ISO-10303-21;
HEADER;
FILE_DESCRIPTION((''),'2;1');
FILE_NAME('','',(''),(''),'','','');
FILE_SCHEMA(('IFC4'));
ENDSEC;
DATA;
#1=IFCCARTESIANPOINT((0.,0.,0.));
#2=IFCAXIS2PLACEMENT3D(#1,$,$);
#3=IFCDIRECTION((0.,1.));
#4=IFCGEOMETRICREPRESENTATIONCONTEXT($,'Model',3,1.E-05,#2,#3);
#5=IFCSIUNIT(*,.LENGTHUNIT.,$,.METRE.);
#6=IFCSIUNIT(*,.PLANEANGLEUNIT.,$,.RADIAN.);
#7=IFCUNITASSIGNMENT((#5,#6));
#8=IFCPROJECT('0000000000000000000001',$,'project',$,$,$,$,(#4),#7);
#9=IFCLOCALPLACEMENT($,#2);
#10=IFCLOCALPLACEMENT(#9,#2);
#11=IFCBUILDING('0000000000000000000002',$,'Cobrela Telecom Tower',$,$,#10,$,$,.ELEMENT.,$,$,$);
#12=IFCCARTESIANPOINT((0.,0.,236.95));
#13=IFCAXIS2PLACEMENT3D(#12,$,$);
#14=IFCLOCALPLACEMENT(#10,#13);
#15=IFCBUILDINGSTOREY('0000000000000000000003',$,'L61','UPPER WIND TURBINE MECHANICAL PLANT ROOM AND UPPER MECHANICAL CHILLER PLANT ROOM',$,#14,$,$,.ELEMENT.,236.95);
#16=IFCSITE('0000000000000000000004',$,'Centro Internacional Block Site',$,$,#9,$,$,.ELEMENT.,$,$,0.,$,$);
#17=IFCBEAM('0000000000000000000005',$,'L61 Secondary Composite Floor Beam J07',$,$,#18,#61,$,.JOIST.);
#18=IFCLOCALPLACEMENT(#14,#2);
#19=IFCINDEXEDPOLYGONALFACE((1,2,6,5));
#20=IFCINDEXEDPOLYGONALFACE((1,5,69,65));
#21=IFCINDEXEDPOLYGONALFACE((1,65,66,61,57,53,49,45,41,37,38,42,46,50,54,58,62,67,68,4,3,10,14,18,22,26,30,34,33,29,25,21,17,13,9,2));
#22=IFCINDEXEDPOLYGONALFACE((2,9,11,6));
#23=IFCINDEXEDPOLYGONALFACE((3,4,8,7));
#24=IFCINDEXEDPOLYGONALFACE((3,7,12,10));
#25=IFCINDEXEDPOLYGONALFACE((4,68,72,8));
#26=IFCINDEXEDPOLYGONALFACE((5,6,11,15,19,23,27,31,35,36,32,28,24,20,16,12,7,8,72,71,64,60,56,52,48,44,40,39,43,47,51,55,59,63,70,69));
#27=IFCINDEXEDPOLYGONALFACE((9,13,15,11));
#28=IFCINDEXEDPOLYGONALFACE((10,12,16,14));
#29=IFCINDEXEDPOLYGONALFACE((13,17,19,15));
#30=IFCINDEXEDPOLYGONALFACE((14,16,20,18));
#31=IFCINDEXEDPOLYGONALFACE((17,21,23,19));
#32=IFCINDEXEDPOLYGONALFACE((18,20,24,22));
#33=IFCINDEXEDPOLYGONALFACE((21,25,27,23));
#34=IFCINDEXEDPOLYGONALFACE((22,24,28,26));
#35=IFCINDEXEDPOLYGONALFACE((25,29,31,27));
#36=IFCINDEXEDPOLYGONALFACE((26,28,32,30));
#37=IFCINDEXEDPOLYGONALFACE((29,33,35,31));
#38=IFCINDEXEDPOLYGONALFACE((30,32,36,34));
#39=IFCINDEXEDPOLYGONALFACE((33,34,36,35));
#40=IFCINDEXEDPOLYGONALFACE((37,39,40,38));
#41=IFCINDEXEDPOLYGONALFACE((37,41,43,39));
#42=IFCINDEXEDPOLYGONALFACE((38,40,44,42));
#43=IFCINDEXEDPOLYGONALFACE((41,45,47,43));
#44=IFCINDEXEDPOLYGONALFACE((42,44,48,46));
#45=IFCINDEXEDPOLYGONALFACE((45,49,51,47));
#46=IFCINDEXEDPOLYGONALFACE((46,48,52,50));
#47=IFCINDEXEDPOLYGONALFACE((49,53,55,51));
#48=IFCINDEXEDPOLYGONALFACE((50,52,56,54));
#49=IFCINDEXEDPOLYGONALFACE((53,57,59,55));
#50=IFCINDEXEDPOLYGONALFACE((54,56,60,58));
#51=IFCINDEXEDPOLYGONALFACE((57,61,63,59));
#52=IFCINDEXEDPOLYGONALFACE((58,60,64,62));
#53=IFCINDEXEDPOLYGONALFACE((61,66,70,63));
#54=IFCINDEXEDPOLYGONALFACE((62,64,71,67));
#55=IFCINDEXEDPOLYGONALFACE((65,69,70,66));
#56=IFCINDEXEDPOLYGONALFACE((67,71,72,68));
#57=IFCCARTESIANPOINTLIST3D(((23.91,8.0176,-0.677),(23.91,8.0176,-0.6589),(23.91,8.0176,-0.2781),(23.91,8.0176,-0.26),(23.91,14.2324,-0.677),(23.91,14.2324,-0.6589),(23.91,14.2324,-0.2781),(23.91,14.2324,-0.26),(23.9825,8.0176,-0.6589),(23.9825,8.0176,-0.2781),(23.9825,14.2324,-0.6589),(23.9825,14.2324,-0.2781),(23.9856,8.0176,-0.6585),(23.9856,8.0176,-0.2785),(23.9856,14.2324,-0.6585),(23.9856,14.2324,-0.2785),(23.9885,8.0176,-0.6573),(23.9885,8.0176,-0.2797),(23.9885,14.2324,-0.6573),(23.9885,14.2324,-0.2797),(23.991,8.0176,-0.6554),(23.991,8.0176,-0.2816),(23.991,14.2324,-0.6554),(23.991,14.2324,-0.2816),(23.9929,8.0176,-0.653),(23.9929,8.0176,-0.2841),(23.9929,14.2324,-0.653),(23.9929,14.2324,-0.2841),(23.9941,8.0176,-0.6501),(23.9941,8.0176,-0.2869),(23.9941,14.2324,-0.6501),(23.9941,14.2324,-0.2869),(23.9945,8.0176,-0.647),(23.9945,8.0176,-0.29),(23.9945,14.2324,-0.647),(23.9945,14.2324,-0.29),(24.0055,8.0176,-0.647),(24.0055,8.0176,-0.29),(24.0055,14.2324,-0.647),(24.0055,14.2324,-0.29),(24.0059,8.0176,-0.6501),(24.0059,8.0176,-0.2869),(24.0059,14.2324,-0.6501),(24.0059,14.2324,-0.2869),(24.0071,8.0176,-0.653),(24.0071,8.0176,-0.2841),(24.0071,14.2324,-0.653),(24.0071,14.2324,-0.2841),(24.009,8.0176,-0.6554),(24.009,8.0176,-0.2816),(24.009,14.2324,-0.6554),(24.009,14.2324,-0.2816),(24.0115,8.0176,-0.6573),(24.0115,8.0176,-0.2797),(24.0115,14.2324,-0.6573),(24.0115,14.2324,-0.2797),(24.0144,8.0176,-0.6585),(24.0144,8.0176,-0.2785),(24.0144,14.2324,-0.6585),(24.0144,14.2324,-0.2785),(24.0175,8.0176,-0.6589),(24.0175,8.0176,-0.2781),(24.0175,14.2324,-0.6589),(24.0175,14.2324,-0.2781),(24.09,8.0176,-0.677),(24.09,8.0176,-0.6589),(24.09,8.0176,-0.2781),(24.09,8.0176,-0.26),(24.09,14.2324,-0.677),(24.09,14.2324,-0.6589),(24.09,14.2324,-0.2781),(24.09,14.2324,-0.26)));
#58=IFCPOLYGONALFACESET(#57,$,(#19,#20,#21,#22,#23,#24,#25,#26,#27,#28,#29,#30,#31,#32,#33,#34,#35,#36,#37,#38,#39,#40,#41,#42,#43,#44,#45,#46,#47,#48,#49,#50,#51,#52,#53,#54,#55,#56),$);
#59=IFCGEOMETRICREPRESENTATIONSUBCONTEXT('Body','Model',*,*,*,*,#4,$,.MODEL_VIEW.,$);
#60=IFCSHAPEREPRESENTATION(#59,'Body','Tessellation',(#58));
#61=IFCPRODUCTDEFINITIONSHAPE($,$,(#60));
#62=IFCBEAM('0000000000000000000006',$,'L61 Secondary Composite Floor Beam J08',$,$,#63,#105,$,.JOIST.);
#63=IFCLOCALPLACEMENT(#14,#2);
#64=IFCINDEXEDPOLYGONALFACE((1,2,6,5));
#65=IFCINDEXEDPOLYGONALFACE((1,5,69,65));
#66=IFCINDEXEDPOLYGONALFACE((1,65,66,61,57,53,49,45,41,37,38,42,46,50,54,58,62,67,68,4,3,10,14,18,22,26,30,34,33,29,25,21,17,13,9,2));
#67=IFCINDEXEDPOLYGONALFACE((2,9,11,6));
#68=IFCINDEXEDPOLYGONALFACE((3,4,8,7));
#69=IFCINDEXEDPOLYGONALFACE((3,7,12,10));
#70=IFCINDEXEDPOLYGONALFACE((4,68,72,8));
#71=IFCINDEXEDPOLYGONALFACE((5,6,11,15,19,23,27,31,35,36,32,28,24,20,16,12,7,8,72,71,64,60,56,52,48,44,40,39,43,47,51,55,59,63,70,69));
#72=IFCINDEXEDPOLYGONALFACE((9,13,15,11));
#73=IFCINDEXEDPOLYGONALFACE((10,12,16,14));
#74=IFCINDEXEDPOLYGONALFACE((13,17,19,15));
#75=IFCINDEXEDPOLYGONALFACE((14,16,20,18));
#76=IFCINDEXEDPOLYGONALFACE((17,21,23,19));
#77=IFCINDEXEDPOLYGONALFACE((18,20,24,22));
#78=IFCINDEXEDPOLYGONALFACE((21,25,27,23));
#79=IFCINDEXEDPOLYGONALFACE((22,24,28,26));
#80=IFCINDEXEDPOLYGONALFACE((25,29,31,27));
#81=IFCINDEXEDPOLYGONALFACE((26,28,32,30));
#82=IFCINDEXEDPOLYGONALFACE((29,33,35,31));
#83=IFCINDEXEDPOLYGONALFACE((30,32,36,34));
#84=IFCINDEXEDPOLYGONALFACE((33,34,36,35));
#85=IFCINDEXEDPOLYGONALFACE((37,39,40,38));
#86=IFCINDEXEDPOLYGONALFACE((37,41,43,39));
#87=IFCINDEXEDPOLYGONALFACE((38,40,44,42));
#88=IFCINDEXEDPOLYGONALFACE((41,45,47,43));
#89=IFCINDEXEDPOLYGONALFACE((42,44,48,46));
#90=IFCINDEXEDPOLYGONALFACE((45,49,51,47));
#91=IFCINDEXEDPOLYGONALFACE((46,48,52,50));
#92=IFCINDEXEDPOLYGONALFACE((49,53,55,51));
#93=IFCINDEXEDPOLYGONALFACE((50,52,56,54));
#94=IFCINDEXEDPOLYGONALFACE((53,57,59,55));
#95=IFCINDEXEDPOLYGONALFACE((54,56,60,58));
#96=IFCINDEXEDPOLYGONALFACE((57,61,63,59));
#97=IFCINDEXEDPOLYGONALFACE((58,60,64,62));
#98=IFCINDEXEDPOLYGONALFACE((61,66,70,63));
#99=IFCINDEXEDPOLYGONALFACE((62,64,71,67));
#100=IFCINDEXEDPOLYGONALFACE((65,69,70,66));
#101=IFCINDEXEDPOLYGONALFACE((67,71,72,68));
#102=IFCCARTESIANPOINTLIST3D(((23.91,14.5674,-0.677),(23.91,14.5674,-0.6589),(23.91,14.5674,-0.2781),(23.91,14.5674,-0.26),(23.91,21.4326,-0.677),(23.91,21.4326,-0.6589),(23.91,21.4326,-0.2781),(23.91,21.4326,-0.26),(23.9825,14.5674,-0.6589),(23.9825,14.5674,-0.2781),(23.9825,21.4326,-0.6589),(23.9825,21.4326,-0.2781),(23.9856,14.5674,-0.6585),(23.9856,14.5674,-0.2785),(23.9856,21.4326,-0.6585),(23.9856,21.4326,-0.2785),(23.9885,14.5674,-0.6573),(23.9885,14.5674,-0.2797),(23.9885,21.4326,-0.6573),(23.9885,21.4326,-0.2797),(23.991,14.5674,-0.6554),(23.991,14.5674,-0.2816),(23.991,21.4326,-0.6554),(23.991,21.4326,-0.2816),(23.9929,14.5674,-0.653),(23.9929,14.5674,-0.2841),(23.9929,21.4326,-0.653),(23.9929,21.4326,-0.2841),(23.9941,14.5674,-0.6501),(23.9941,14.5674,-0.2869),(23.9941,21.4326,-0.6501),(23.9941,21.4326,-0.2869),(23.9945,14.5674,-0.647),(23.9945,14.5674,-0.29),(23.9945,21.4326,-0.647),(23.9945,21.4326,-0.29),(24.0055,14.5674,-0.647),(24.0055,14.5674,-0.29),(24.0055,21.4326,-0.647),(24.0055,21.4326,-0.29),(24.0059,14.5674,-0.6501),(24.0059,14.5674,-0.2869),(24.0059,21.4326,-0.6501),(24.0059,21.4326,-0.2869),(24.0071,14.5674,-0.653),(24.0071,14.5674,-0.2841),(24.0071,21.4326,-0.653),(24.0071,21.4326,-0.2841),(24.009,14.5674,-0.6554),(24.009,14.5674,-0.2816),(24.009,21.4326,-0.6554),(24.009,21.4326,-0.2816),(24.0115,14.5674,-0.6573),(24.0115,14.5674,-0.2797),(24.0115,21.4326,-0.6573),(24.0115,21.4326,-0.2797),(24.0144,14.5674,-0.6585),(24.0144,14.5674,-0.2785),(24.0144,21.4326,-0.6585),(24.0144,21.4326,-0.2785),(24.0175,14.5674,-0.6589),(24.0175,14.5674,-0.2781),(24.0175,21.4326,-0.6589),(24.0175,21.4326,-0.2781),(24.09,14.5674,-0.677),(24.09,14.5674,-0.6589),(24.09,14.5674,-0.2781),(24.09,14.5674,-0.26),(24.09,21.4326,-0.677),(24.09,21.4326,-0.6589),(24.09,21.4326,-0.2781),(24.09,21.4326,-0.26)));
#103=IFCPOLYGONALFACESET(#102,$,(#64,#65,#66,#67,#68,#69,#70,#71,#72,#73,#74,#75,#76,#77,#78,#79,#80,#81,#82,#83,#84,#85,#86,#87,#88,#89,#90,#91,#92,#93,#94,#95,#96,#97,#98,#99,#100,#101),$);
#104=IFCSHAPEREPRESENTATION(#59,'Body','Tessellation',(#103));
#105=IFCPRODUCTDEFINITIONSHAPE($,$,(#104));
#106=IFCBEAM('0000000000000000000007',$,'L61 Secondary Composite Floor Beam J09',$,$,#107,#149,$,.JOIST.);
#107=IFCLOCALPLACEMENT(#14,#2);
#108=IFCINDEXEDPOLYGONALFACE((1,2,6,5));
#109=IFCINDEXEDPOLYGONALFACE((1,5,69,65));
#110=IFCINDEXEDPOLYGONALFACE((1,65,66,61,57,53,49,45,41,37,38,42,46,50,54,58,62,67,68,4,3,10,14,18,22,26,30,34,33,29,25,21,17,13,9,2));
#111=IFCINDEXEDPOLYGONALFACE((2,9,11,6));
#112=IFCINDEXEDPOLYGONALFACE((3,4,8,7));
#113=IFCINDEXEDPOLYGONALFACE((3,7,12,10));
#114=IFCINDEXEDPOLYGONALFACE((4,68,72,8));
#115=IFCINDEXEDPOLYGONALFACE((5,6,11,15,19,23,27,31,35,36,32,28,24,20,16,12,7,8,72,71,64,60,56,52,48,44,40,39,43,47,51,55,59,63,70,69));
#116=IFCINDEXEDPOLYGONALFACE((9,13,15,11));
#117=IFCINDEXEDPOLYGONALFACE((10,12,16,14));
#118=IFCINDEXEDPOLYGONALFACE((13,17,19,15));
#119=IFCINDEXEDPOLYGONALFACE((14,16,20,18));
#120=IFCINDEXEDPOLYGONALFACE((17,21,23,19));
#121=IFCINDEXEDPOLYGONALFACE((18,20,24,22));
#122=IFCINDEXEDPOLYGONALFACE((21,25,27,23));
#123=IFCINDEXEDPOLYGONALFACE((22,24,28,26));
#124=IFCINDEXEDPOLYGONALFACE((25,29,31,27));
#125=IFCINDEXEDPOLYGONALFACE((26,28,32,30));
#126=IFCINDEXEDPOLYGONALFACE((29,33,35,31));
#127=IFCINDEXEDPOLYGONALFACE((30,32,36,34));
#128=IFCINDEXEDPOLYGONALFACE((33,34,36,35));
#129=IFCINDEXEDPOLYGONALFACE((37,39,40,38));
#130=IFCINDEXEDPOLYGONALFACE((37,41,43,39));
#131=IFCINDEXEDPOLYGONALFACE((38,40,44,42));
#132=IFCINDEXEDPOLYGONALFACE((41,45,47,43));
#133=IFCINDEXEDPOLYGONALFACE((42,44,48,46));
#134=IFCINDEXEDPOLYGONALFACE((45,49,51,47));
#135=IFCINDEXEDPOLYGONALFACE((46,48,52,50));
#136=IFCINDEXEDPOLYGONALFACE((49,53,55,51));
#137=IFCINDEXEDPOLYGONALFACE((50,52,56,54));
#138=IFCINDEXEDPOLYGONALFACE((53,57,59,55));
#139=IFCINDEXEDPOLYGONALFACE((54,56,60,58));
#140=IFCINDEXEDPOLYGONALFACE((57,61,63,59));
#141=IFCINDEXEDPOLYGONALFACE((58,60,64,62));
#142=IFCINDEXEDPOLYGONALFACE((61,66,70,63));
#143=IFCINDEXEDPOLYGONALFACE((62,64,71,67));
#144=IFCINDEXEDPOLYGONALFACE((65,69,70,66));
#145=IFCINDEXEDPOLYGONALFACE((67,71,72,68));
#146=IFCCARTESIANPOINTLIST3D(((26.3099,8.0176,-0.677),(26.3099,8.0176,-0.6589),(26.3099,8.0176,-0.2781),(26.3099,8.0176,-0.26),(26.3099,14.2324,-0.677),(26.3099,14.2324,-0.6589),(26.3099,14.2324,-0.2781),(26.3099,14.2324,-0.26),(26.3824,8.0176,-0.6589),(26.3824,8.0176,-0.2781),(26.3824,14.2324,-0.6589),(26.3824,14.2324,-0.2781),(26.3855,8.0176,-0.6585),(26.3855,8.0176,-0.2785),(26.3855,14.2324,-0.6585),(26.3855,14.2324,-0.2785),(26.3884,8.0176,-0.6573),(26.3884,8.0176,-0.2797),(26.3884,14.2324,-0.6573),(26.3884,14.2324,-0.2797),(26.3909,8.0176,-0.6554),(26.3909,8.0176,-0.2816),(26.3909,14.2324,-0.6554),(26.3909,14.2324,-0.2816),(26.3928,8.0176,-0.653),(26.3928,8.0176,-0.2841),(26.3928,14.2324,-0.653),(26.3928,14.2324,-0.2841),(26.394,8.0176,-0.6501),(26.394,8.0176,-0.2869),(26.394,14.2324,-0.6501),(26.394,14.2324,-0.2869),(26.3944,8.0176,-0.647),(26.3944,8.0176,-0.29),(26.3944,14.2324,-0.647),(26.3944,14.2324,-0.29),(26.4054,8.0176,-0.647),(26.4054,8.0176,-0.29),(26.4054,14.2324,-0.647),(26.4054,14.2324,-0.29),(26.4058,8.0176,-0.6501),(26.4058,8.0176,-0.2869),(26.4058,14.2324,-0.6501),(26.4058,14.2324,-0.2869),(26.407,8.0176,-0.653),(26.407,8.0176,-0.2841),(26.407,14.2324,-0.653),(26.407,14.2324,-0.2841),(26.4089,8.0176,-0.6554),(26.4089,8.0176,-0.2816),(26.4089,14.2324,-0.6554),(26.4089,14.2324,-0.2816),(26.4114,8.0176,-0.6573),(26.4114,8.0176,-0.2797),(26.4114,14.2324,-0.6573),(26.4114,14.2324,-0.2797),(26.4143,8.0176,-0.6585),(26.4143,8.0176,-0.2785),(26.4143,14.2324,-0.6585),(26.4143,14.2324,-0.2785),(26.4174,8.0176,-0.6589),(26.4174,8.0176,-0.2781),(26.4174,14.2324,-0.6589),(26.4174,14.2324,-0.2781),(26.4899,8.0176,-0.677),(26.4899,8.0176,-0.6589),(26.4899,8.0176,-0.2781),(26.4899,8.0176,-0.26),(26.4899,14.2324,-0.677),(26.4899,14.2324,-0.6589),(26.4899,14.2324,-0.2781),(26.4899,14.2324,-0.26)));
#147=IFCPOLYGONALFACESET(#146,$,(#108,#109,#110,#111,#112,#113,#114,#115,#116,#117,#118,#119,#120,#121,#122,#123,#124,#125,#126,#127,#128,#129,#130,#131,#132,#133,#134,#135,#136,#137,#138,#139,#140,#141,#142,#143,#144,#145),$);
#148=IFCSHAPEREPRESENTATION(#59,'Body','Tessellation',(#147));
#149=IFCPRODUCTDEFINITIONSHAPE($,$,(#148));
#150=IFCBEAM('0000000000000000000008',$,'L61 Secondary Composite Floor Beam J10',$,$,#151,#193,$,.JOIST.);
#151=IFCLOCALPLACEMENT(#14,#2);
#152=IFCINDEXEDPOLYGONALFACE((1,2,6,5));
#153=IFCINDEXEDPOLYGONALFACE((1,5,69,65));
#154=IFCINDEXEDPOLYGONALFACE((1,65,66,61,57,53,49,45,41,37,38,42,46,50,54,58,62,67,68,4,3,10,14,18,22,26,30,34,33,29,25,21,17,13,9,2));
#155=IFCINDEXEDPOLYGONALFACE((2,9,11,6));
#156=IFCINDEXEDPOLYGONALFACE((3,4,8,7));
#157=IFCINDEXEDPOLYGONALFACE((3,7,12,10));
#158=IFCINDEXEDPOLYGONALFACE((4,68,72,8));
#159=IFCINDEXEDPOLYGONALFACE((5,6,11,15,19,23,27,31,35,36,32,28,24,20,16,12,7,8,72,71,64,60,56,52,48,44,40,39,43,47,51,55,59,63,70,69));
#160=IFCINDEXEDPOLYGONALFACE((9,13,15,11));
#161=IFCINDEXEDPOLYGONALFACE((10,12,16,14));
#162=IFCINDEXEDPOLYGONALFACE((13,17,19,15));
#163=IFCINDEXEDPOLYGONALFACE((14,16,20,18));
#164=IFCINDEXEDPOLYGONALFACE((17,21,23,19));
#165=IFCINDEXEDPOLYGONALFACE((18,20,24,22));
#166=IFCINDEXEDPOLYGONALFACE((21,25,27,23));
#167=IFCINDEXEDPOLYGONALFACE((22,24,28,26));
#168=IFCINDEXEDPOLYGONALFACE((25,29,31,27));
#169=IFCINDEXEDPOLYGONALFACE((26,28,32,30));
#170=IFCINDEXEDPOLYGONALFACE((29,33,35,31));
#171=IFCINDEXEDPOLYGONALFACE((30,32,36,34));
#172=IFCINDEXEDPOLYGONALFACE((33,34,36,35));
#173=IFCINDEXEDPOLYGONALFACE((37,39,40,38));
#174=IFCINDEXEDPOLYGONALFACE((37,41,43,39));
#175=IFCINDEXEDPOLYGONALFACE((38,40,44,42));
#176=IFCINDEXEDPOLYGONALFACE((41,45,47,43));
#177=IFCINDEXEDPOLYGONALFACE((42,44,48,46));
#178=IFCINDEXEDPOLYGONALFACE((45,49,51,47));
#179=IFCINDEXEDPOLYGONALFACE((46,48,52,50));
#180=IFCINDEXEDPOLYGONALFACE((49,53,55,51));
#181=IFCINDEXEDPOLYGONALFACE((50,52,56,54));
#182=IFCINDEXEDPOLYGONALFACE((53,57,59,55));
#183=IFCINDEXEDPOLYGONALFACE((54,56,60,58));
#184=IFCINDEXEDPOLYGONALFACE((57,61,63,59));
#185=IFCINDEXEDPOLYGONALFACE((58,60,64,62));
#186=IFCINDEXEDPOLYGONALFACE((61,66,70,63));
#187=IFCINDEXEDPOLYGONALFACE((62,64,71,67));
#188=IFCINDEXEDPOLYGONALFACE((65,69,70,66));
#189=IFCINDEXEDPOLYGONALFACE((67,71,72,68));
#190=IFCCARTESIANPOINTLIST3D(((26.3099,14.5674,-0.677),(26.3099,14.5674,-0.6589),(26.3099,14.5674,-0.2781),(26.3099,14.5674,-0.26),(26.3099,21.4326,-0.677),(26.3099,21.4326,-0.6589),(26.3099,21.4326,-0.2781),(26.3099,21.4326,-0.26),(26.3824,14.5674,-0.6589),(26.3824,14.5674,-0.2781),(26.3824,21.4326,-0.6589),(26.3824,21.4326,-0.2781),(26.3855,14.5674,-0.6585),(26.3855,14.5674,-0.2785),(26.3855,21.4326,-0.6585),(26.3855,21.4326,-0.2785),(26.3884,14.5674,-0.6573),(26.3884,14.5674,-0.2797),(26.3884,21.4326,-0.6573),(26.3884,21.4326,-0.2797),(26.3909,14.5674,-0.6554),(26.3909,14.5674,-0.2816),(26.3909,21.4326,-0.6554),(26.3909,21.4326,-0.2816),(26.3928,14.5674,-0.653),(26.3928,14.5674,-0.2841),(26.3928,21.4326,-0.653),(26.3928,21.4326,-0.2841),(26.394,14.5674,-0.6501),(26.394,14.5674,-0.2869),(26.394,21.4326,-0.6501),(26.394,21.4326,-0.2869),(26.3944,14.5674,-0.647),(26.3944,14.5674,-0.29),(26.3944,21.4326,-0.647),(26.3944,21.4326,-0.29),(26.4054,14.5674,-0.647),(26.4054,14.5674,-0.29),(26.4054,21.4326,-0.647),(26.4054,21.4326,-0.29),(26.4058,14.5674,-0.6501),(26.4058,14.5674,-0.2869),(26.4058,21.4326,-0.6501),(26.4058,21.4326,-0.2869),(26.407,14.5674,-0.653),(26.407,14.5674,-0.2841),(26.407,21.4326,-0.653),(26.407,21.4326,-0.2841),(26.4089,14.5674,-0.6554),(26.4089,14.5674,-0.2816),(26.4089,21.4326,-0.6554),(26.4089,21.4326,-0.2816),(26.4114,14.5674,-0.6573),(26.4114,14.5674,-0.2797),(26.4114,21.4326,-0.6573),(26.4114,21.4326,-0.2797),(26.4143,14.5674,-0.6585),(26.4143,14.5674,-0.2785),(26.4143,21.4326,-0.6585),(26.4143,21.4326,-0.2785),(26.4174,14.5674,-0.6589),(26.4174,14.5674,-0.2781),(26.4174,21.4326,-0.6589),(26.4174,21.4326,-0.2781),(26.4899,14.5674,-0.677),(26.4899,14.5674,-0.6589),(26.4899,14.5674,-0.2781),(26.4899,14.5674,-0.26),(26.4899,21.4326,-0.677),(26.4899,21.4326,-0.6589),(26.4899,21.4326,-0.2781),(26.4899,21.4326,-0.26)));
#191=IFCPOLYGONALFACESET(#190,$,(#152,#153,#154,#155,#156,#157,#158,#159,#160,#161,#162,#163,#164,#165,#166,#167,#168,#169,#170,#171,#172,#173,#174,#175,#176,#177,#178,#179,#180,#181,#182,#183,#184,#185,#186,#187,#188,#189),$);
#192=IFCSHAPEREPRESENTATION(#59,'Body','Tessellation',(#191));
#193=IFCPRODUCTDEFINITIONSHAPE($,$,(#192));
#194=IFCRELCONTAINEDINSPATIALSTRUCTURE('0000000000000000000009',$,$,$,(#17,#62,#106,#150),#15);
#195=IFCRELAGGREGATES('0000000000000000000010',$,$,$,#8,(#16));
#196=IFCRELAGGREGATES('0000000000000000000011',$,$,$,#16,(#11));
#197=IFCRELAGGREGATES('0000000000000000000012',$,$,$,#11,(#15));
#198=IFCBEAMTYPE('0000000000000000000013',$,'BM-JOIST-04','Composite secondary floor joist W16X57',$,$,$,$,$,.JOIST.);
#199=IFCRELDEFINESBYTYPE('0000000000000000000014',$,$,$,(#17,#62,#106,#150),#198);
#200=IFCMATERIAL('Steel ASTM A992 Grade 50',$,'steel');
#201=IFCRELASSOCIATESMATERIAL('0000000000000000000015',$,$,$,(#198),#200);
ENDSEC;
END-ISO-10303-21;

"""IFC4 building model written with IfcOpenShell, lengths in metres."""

from ifc_helpers import new_model, si_unit, direction, frame, origin, origin_2d, place, context, subcontext, project, spatial, i_section, extrude, material, material_profile, profile_set, type_object, element, save


model = new_model("IFC4")

# Units and contexts
model_context = context("Model", 3, precision=1e-05, world=origin(), true_north=direction((0.0, 1.0)))
body_context = subcontext(model_context, "Body", "Model", "MODEL_VIEW")
ifc_project = project(units=[si_unit("LENGTHUNIT", "METRE"), si_unit("PLANEANGLEUNIT", "RADIAN")], contexts=[model_context])

# Site, building, storey
site_placement = place(None, origin())
site = spatial("IfcSite", under=ifc_project, at=site_placement, Name="Centro Internacional Block Site", CompositionType="ELEMENT", RefElevation=0.0)
building_placement = place(site_placement, origin())
building = spatial("IfcBuilding", under=site, at=building_placement, Name="Cobrela Telecom Tower", CompositionType="ELEMENT")
storey_placement = place(building_placement, frame((0.0, 0.0, 236.95)))
storey = spatial("IfcBuildingStorey", under=building, at=storey_placement, Name="L61", Description="UPPER WIND TURBINE MECHANICAL PLANT ROOM AND UPPER MECHANICAL CHILLER PLANT ROOM", CompositionType="ELEMENT", Elevation=236.95)

# Shared definitions
ifc_material_1 = material(Name="Steel ASTM A992 Grade 50", Category="steel")

# Beams
ifc_material_profile_1 = material_profile(ifc_material_1, i_section(OverallWidth=0.1799, OverallDepth=0.417, WebThickness=0.011, FlangeThickness=0.0181, FilletRadius=0.012, at=origin_2d()), Name="W16X57")
ifc_profile_set_1 = profile_set([ifc_material_profile_1], Name="Steel ASTM A992 Grade 50")
beam_type_1 = type_object("IfcBeamType", Name="BM-JOIST-04", Description="Composite secondary floor joist W16X57", PredefinedType="JOIST", material=ifc_profile_set_1)
beam_1_placement = place(storey_placement, frame((24.0, 8.0176, -0.4685), z_axis=(0.0, 1.0, 0.0), x_axis=(-1.0, 0.0, 0.0)))
element("IfcBeam", 1, at=beam_1_placement, inside=storey, type_object=beam_type_1, Name="L61 Secondary Composite Floor Beam J07", PredefinedType="JOIST", context=body_context, shape_type="SweptSolid", body=[
    extrude(i_section(OverallWidth=0.1799, OverallDepth=0.417, WebThickness=0.011, FlangeThickness=0.0181, FilletRadius=0.012, at=origin_2d()), origin(), (0.0, 0.0, 1.0), 6.2148),
])
beam_2_placement = place(storey_placement, frame((24.0, 14.5674, -0.4685), z_axis=(0.0, 1.0, 0.0), x_axis=(-1.0, 0.0, 0.0)))
element("IfcBeam", 2, at=beam_2_placement, inside=storey, type_object=beam_type_1, Name="L61 Secondary Composite Floor Beam J08", PredefinedType="JOIST", context=body_context, shape_type="SweptSolid", body=[
    extrude(i_section(OverallWidth=0.1799, OverallDepth=0.417, WebThickness=0.011, FlangeThickness=0.0181, FilletRadius=0.012, at=origin_2d()), origin(), (0.0, 0.0, 1.0), 6.8652),
])
beam_3_placement = place(storey_placement, frame((26.3999, 8.0176, -0.4685), z_axis=(0.0, 1.0, 0.0), x_axis=(-1.0, 0.0, 0.0)))
element("IfcBeam", 3, at=beam_3_placement, inside=storey, type_object=beam_type_1, Name="L61 Secondary Composite Floor Beam J09", PredefinedType="JOIST", context=body_context, shape_type="SweptSolid", body=[
    extrude(i_section(OverallWidth=0.1799, OverallDepth=0.417, WebThickness=0.011, FlangeThickness=0.0181, FilletRadius=0.012, at=origin_2d()), origin(), (0.0, 0.0, 1.0), 6.2148),
])
beam_4_placement = place(storey_placement, frame((26.3999, 14.5674, -0.4685), z_axis=(0.0, 1.0, 0.0), x_axis=(-1.0, 0.0, 0.0)))
element("IfcBeam", 4, at=beam_4_placement, inside=storey, type_object=beam_type_1, Name="L61 Secondary Composite Floor Beam J10", PredefinedType="JOIST", context=body_context, shape_type="SweptSolid", body=[
    extrude(i_section(OverallWidth=0.1799, OverallDepth=0.417, WebThickness=0.011, FlangeThickness=0.0181, FilletRadius=0.012, at=origin_2d()), origin(), (0.0, 0.0, 1.0), 6.8652),
])

save(model, "model.ifc")
